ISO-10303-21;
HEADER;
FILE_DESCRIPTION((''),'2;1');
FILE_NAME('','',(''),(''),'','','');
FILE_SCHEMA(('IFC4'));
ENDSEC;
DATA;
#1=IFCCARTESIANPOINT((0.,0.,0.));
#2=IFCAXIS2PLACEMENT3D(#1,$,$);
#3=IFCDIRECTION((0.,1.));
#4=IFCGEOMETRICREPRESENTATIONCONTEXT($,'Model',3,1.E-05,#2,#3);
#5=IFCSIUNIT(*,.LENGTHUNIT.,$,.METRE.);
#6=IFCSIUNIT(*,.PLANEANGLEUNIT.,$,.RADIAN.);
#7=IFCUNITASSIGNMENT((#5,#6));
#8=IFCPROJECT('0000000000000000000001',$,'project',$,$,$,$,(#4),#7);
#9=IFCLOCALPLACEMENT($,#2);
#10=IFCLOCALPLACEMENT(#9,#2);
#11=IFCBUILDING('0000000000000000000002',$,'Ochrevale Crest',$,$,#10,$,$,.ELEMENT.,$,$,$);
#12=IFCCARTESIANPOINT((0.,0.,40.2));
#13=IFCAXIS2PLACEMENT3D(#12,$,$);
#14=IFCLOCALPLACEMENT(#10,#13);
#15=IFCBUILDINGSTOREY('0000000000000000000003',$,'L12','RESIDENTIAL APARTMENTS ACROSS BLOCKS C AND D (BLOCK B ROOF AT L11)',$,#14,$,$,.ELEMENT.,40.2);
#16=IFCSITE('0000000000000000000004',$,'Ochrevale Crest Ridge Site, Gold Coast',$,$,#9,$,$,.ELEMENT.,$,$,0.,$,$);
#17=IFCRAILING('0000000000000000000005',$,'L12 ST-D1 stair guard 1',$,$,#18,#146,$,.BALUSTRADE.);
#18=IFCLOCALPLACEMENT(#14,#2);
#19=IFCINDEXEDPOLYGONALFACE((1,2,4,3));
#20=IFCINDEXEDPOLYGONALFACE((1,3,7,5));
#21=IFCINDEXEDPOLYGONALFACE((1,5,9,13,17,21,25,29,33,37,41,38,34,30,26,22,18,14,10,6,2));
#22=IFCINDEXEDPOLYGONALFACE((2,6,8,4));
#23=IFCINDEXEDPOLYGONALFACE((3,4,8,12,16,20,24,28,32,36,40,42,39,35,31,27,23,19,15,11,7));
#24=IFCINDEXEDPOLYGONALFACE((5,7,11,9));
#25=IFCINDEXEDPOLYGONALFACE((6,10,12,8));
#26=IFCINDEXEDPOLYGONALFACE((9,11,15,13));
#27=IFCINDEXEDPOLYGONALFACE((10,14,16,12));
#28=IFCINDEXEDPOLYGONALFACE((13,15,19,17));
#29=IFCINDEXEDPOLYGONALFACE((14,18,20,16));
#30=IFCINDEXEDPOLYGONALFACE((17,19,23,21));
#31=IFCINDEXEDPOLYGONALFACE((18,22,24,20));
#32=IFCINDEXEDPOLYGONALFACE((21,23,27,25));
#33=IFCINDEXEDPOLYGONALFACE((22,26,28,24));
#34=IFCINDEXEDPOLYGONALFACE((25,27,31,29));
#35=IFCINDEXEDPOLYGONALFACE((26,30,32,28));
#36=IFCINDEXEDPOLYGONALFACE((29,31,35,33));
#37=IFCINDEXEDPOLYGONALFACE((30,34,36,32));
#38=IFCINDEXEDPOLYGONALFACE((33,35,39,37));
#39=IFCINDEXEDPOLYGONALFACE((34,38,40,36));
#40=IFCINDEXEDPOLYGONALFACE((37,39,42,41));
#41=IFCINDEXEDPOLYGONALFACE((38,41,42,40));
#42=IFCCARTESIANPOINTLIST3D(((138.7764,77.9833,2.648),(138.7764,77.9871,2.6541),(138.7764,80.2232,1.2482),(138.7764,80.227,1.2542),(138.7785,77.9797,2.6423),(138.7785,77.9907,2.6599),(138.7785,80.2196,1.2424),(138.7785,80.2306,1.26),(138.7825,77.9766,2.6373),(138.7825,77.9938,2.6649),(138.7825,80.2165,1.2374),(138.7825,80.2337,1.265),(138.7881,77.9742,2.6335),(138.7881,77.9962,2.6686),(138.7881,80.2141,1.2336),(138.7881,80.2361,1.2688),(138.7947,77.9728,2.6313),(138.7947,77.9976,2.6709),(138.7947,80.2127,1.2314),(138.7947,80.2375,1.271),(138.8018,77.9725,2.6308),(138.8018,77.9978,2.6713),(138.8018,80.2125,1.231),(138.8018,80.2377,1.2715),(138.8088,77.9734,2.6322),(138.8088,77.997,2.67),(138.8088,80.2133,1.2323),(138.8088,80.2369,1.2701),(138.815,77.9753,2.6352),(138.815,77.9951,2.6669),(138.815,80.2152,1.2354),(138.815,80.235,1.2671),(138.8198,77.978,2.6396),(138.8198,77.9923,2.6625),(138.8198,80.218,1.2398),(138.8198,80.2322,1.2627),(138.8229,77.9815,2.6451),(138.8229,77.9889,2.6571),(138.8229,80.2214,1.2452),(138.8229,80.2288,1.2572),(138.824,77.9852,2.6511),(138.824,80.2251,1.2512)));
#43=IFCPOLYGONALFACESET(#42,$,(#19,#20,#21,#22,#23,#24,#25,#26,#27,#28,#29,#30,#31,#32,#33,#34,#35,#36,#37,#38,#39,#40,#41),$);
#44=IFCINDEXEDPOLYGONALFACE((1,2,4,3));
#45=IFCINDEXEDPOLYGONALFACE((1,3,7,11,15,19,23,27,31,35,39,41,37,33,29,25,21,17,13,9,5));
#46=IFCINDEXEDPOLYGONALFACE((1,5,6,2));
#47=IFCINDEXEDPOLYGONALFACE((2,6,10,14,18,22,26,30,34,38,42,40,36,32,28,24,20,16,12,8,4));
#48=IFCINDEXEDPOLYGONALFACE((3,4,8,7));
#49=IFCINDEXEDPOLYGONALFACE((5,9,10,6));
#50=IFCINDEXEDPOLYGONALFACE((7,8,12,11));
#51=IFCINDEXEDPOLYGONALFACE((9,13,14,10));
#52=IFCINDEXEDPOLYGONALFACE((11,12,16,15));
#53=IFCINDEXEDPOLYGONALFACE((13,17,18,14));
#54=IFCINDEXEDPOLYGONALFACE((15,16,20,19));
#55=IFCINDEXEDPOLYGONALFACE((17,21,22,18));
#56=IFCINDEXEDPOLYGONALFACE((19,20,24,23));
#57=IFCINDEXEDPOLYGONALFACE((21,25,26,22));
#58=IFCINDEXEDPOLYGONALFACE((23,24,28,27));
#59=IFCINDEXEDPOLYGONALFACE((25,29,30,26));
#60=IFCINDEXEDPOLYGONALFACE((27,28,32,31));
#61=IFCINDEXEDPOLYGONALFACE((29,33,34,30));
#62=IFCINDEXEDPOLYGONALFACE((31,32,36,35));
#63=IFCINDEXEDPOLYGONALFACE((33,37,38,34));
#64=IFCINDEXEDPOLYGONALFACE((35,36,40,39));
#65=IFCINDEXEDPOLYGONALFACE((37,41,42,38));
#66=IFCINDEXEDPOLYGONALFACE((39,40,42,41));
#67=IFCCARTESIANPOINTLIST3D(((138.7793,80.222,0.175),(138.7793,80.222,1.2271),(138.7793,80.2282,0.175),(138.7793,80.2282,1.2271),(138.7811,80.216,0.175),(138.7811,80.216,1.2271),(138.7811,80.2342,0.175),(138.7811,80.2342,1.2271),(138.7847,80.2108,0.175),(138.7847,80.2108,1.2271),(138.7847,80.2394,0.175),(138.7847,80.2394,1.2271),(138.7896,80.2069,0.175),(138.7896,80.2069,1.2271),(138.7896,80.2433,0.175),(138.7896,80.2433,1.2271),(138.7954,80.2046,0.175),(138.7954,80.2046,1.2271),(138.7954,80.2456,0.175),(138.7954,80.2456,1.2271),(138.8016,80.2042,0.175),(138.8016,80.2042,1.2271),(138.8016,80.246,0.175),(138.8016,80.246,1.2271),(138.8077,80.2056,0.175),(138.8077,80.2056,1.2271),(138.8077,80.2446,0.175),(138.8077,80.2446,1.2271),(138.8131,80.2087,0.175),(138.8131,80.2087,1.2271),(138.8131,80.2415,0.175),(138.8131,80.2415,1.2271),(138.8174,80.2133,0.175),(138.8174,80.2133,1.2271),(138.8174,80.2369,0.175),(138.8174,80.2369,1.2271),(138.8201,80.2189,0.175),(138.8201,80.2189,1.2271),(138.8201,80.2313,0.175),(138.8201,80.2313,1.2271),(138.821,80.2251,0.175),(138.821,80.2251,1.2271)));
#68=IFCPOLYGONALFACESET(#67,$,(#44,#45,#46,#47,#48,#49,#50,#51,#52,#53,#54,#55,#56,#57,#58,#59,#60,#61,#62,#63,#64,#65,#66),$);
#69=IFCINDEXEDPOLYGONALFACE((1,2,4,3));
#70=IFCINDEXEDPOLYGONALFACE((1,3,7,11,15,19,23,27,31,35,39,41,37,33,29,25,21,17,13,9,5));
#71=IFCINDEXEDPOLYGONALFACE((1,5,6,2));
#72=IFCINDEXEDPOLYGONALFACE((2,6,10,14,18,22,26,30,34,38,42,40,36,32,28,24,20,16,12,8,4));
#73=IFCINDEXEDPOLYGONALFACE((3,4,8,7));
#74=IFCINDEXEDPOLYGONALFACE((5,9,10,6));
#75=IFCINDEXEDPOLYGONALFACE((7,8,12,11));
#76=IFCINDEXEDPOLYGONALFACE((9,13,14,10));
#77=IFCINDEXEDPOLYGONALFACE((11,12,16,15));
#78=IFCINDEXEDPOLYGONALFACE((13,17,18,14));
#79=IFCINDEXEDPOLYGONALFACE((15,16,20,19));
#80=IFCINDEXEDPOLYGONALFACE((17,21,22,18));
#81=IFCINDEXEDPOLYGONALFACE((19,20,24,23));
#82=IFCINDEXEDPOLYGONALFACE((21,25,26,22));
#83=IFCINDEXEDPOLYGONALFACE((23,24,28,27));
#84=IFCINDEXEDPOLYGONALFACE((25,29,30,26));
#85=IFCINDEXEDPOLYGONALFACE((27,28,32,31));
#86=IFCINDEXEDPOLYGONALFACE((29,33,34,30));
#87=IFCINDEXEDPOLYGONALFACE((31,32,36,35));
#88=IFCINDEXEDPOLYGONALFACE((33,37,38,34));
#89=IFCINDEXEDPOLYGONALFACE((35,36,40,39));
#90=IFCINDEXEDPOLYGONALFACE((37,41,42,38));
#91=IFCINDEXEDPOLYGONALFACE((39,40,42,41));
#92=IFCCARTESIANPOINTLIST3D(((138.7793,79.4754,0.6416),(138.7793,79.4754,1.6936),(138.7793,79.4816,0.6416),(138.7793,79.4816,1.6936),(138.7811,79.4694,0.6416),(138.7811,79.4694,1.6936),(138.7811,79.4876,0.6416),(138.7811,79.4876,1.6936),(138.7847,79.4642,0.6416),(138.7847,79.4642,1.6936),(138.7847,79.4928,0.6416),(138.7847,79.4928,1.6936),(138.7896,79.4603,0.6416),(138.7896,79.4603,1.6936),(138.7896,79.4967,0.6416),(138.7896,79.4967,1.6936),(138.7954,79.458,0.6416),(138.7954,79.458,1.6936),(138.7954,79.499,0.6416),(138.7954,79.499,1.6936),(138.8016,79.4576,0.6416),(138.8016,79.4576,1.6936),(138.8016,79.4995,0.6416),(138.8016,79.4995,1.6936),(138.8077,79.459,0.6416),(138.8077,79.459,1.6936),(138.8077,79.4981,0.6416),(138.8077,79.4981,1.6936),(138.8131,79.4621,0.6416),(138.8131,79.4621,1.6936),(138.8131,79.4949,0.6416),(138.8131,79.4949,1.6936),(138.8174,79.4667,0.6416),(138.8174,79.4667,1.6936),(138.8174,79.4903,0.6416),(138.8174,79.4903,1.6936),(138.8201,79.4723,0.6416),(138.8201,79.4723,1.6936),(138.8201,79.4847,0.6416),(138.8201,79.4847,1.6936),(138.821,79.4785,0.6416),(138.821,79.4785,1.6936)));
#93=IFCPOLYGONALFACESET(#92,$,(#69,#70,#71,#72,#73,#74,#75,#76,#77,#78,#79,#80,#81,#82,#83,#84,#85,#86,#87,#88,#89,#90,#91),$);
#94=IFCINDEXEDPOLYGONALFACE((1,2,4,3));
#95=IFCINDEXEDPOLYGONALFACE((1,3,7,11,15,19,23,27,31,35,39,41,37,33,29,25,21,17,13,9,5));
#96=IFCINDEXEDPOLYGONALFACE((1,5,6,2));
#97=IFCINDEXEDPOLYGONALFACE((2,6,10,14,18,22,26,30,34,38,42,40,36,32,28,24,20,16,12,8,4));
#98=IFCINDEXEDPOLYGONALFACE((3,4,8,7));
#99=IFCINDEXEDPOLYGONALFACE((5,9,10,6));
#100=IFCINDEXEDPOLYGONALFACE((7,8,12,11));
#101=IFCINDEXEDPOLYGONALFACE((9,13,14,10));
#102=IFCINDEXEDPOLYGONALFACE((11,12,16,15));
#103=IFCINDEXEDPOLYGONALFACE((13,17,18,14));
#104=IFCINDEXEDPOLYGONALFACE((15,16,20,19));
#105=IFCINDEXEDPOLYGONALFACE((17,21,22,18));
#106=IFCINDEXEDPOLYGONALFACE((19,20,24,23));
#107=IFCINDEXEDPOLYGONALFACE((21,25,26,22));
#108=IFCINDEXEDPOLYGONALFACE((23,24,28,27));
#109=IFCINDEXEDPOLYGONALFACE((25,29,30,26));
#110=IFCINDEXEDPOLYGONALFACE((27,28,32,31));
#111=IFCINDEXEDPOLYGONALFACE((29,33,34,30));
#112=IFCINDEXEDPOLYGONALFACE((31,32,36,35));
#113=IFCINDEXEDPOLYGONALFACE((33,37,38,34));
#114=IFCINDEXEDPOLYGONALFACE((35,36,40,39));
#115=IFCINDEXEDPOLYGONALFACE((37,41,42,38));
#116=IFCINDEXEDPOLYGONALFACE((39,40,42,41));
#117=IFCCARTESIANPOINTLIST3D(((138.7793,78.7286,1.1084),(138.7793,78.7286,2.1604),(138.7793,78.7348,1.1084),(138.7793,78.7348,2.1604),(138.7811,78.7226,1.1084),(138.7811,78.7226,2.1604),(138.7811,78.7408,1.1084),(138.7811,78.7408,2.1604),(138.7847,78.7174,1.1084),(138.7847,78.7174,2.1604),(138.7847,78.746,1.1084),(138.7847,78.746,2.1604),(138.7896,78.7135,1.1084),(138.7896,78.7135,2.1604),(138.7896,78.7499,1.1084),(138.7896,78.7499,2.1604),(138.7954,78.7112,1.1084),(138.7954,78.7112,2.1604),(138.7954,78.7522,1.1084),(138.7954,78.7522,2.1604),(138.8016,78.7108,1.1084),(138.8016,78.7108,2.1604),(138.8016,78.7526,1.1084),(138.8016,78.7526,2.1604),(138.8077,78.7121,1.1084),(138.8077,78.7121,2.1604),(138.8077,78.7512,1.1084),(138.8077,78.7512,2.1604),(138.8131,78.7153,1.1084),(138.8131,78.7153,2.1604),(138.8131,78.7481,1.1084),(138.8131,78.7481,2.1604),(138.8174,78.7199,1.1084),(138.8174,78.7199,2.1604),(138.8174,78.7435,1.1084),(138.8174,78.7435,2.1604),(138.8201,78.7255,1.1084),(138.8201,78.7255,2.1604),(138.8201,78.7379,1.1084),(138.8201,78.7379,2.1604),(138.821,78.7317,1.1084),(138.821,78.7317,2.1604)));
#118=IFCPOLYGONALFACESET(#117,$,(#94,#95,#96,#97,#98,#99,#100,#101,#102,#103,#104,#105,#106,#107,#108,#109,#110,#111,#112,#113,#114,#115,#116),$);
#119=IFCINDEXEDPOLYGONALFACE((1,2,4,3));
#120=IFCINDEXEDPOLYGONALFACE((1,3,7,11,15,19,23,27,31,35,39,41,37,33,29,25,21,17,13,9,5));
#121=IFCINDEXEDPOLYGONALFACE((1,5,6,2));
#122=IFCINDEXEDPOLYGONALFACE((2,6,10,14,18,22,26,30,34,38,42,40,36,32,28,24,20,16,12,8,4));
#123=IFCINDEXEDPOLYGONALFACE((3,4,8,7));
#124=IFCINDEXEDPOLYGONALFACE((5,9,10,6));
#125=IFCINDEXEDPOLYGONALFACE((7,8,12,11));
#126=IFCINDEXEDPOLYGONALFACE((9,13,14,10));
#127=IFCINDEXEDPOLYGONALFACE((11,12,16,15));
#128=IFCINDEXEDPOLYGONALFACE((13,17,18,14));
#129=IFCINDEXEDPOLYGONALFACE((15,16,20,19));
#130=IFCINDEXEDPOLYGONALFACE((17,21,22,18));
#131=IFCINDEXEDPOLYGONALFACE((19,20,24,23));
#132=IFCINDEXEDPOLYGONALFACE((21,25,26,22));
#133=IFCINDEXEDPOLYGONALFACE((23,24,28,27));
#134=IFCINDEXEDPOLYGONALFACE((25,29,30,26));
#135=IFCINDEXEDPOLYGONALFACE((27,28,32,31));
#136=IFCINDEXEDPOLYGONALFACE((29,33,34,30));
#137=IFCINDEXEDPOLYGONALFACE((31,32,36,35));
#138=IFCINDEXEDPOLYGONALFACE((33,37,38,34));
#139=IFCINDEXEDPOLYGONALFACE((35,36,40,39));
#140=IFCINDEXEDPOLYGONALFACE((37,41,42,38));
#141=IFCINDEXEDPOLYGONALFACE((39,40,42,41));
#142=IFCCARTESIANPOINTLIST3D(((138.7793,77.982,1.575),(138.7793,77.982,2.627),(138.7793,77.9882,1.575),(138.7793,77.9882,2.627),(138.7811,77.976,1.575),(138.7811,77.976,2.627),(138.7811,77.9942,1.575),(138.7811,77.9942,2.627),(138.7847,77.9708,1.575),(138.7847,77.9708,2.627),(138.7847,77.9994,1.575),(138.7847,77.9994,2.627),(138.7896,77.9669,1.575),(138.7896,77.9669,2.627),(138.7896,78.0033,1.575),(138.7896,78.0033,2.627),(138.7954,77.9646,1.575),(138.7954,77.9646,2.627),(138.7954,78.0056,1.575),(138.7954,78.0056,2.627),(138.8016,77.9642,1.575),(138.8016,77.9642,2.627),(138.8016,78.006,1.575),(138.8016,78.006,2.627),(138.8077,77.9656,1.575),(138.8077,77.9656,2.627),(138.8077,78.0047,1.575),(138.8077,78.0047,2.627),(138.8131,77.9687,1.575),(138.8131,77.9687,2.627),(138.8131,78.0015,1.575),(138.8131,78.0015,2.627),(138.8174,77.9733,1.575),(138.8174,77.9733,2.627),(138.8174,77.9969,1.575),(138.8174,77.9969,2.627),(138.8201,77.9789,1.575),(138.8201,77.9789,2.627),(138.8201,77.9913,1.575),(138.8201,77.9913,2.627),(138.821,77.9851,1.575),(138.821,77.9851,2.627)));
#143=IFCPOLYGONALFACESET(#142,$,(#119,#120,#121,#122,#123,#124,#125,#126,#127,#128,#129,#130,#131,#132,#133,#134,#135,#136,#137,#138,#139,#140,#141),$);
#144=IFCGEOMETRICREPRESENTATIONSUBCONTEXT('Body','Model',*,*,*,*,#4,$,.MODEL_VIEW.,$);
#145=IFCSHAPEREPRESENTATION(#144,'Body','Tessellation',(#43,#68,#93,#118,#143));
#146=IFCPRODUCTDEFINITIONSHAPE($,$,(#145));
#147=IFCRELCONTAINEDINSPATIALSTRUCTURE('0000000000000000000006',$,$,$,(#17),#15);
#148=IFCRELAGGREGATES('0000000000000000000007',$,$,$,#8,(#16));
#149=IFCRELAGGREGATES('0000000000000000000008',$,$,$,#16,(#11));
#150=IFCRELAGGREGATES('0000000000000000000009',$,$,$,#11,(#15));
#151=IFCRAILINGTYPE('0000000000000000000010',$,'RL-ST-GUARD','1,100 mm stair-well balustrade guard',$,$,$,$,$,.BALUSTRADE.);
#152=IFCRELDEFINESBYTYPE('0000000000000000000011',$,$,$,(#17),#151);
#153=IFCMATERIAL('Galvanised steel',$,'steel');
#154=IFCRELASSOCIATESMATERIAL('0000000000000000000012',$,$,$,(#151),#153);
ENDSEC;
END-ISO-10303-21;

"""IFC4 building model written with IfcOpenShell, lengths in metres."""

from ifc_helpers import new_model, si_unit, direction, frame, origin, origin_2d, place, context, subcontext, project, spatial, circle, extrude, material, type_object, element, save


model = new_model("IFC4")

# Units and contexts
model_context = context("Model", 3, precision=1e-05, world=origin(), true_north=direction((0.0, 1.0)))
body_context = subcontext(model_context, "Body", "Model", "MODEL_VIEW")
ifc_project = project(units=[si_unit("LENGTHUNIT", "METRE"), si_unit("PLANEANGLEUNIT", "RADIAN")], contexts=[model_context])

# Site, building, storey
site_placement = place(None, origin())
site = spatial("IfcSite", under=ifc_project, at=site_placement, Name="Ochrevale Crest Ridge Site, Gold Coast", CompositionType="ELEMENT", RefElevation=0.0)
building_placement = place(site_placement, origin())
building = spatial("IfcBuilding", under=site, at=building_placement, Name="Ochrevale Crest", CompositionType="ELEMENT")
storey_placement = place(building_placement, frame((0.0, 0.0, 40.2)))
storey = spatial("IfcBuildingStorey", under=building, at=storey_placement, Name="L12", Description="RESIDENTIAL APARTMENTS ACROSS BLOCKS C AND D (BLOCK B ROOF AT L11)", CompositionType="ELEMENT", Elevation=40.2)

# Railing
ifc_material_1 = material(Name="Galvanised steel", Category="steel")
railing_type = type_object("IfcRailingType", Name="RL-ST-GUARD", Description="1,100 mm stair-well balustrade guard", PredefinedType="BALUSTRADE", material=ifc_material_1)
railing_1_placement = place(storey_placement, frame((138.8, 80.2251, 0.175)))
element("IfcRailing", 1, at=railing_1_placement, inside=storey, type_object=railing_type, Name="L12 ST-D1 stair guard 1", PredefinedType="BALUSTRADE", context=body_context, shape_type="SweptSolid", body=[
    extrude(circle(Radius=0.0239, at=origin_2d()), frame((0.0, 0.0, 1.0762), z_axis=(0.0, -0.848014, 0.529974), x_axis=(1.0, 0.0, 0.0)), (0.0, 0.0, 1.0), 2.6414),
    extrude(circle(Radius=0.021, at=origin_2d()), origin(), (0.0, 0.0, 1.0), 1.052),
    extrude(circle(Radius=0.021, at=origin_2d()), frame((0.0, -0.7466, 0.4666)), (0.0, 0.0, 1.0), 1.052),
    extrude(circle(Radius=0.021, at=origin_2d()), frame((0.0, -1.4934, 0.9333)), (0.0, 0.0, 1.0), 1.052),
    extrude(circle(Radius=0.021, at=origin_2d()), frame((0.0, -2.24, 1.3999)), (0.0, 0.0, 1.0), 1.052),
])

save(model, "model.ifc")
